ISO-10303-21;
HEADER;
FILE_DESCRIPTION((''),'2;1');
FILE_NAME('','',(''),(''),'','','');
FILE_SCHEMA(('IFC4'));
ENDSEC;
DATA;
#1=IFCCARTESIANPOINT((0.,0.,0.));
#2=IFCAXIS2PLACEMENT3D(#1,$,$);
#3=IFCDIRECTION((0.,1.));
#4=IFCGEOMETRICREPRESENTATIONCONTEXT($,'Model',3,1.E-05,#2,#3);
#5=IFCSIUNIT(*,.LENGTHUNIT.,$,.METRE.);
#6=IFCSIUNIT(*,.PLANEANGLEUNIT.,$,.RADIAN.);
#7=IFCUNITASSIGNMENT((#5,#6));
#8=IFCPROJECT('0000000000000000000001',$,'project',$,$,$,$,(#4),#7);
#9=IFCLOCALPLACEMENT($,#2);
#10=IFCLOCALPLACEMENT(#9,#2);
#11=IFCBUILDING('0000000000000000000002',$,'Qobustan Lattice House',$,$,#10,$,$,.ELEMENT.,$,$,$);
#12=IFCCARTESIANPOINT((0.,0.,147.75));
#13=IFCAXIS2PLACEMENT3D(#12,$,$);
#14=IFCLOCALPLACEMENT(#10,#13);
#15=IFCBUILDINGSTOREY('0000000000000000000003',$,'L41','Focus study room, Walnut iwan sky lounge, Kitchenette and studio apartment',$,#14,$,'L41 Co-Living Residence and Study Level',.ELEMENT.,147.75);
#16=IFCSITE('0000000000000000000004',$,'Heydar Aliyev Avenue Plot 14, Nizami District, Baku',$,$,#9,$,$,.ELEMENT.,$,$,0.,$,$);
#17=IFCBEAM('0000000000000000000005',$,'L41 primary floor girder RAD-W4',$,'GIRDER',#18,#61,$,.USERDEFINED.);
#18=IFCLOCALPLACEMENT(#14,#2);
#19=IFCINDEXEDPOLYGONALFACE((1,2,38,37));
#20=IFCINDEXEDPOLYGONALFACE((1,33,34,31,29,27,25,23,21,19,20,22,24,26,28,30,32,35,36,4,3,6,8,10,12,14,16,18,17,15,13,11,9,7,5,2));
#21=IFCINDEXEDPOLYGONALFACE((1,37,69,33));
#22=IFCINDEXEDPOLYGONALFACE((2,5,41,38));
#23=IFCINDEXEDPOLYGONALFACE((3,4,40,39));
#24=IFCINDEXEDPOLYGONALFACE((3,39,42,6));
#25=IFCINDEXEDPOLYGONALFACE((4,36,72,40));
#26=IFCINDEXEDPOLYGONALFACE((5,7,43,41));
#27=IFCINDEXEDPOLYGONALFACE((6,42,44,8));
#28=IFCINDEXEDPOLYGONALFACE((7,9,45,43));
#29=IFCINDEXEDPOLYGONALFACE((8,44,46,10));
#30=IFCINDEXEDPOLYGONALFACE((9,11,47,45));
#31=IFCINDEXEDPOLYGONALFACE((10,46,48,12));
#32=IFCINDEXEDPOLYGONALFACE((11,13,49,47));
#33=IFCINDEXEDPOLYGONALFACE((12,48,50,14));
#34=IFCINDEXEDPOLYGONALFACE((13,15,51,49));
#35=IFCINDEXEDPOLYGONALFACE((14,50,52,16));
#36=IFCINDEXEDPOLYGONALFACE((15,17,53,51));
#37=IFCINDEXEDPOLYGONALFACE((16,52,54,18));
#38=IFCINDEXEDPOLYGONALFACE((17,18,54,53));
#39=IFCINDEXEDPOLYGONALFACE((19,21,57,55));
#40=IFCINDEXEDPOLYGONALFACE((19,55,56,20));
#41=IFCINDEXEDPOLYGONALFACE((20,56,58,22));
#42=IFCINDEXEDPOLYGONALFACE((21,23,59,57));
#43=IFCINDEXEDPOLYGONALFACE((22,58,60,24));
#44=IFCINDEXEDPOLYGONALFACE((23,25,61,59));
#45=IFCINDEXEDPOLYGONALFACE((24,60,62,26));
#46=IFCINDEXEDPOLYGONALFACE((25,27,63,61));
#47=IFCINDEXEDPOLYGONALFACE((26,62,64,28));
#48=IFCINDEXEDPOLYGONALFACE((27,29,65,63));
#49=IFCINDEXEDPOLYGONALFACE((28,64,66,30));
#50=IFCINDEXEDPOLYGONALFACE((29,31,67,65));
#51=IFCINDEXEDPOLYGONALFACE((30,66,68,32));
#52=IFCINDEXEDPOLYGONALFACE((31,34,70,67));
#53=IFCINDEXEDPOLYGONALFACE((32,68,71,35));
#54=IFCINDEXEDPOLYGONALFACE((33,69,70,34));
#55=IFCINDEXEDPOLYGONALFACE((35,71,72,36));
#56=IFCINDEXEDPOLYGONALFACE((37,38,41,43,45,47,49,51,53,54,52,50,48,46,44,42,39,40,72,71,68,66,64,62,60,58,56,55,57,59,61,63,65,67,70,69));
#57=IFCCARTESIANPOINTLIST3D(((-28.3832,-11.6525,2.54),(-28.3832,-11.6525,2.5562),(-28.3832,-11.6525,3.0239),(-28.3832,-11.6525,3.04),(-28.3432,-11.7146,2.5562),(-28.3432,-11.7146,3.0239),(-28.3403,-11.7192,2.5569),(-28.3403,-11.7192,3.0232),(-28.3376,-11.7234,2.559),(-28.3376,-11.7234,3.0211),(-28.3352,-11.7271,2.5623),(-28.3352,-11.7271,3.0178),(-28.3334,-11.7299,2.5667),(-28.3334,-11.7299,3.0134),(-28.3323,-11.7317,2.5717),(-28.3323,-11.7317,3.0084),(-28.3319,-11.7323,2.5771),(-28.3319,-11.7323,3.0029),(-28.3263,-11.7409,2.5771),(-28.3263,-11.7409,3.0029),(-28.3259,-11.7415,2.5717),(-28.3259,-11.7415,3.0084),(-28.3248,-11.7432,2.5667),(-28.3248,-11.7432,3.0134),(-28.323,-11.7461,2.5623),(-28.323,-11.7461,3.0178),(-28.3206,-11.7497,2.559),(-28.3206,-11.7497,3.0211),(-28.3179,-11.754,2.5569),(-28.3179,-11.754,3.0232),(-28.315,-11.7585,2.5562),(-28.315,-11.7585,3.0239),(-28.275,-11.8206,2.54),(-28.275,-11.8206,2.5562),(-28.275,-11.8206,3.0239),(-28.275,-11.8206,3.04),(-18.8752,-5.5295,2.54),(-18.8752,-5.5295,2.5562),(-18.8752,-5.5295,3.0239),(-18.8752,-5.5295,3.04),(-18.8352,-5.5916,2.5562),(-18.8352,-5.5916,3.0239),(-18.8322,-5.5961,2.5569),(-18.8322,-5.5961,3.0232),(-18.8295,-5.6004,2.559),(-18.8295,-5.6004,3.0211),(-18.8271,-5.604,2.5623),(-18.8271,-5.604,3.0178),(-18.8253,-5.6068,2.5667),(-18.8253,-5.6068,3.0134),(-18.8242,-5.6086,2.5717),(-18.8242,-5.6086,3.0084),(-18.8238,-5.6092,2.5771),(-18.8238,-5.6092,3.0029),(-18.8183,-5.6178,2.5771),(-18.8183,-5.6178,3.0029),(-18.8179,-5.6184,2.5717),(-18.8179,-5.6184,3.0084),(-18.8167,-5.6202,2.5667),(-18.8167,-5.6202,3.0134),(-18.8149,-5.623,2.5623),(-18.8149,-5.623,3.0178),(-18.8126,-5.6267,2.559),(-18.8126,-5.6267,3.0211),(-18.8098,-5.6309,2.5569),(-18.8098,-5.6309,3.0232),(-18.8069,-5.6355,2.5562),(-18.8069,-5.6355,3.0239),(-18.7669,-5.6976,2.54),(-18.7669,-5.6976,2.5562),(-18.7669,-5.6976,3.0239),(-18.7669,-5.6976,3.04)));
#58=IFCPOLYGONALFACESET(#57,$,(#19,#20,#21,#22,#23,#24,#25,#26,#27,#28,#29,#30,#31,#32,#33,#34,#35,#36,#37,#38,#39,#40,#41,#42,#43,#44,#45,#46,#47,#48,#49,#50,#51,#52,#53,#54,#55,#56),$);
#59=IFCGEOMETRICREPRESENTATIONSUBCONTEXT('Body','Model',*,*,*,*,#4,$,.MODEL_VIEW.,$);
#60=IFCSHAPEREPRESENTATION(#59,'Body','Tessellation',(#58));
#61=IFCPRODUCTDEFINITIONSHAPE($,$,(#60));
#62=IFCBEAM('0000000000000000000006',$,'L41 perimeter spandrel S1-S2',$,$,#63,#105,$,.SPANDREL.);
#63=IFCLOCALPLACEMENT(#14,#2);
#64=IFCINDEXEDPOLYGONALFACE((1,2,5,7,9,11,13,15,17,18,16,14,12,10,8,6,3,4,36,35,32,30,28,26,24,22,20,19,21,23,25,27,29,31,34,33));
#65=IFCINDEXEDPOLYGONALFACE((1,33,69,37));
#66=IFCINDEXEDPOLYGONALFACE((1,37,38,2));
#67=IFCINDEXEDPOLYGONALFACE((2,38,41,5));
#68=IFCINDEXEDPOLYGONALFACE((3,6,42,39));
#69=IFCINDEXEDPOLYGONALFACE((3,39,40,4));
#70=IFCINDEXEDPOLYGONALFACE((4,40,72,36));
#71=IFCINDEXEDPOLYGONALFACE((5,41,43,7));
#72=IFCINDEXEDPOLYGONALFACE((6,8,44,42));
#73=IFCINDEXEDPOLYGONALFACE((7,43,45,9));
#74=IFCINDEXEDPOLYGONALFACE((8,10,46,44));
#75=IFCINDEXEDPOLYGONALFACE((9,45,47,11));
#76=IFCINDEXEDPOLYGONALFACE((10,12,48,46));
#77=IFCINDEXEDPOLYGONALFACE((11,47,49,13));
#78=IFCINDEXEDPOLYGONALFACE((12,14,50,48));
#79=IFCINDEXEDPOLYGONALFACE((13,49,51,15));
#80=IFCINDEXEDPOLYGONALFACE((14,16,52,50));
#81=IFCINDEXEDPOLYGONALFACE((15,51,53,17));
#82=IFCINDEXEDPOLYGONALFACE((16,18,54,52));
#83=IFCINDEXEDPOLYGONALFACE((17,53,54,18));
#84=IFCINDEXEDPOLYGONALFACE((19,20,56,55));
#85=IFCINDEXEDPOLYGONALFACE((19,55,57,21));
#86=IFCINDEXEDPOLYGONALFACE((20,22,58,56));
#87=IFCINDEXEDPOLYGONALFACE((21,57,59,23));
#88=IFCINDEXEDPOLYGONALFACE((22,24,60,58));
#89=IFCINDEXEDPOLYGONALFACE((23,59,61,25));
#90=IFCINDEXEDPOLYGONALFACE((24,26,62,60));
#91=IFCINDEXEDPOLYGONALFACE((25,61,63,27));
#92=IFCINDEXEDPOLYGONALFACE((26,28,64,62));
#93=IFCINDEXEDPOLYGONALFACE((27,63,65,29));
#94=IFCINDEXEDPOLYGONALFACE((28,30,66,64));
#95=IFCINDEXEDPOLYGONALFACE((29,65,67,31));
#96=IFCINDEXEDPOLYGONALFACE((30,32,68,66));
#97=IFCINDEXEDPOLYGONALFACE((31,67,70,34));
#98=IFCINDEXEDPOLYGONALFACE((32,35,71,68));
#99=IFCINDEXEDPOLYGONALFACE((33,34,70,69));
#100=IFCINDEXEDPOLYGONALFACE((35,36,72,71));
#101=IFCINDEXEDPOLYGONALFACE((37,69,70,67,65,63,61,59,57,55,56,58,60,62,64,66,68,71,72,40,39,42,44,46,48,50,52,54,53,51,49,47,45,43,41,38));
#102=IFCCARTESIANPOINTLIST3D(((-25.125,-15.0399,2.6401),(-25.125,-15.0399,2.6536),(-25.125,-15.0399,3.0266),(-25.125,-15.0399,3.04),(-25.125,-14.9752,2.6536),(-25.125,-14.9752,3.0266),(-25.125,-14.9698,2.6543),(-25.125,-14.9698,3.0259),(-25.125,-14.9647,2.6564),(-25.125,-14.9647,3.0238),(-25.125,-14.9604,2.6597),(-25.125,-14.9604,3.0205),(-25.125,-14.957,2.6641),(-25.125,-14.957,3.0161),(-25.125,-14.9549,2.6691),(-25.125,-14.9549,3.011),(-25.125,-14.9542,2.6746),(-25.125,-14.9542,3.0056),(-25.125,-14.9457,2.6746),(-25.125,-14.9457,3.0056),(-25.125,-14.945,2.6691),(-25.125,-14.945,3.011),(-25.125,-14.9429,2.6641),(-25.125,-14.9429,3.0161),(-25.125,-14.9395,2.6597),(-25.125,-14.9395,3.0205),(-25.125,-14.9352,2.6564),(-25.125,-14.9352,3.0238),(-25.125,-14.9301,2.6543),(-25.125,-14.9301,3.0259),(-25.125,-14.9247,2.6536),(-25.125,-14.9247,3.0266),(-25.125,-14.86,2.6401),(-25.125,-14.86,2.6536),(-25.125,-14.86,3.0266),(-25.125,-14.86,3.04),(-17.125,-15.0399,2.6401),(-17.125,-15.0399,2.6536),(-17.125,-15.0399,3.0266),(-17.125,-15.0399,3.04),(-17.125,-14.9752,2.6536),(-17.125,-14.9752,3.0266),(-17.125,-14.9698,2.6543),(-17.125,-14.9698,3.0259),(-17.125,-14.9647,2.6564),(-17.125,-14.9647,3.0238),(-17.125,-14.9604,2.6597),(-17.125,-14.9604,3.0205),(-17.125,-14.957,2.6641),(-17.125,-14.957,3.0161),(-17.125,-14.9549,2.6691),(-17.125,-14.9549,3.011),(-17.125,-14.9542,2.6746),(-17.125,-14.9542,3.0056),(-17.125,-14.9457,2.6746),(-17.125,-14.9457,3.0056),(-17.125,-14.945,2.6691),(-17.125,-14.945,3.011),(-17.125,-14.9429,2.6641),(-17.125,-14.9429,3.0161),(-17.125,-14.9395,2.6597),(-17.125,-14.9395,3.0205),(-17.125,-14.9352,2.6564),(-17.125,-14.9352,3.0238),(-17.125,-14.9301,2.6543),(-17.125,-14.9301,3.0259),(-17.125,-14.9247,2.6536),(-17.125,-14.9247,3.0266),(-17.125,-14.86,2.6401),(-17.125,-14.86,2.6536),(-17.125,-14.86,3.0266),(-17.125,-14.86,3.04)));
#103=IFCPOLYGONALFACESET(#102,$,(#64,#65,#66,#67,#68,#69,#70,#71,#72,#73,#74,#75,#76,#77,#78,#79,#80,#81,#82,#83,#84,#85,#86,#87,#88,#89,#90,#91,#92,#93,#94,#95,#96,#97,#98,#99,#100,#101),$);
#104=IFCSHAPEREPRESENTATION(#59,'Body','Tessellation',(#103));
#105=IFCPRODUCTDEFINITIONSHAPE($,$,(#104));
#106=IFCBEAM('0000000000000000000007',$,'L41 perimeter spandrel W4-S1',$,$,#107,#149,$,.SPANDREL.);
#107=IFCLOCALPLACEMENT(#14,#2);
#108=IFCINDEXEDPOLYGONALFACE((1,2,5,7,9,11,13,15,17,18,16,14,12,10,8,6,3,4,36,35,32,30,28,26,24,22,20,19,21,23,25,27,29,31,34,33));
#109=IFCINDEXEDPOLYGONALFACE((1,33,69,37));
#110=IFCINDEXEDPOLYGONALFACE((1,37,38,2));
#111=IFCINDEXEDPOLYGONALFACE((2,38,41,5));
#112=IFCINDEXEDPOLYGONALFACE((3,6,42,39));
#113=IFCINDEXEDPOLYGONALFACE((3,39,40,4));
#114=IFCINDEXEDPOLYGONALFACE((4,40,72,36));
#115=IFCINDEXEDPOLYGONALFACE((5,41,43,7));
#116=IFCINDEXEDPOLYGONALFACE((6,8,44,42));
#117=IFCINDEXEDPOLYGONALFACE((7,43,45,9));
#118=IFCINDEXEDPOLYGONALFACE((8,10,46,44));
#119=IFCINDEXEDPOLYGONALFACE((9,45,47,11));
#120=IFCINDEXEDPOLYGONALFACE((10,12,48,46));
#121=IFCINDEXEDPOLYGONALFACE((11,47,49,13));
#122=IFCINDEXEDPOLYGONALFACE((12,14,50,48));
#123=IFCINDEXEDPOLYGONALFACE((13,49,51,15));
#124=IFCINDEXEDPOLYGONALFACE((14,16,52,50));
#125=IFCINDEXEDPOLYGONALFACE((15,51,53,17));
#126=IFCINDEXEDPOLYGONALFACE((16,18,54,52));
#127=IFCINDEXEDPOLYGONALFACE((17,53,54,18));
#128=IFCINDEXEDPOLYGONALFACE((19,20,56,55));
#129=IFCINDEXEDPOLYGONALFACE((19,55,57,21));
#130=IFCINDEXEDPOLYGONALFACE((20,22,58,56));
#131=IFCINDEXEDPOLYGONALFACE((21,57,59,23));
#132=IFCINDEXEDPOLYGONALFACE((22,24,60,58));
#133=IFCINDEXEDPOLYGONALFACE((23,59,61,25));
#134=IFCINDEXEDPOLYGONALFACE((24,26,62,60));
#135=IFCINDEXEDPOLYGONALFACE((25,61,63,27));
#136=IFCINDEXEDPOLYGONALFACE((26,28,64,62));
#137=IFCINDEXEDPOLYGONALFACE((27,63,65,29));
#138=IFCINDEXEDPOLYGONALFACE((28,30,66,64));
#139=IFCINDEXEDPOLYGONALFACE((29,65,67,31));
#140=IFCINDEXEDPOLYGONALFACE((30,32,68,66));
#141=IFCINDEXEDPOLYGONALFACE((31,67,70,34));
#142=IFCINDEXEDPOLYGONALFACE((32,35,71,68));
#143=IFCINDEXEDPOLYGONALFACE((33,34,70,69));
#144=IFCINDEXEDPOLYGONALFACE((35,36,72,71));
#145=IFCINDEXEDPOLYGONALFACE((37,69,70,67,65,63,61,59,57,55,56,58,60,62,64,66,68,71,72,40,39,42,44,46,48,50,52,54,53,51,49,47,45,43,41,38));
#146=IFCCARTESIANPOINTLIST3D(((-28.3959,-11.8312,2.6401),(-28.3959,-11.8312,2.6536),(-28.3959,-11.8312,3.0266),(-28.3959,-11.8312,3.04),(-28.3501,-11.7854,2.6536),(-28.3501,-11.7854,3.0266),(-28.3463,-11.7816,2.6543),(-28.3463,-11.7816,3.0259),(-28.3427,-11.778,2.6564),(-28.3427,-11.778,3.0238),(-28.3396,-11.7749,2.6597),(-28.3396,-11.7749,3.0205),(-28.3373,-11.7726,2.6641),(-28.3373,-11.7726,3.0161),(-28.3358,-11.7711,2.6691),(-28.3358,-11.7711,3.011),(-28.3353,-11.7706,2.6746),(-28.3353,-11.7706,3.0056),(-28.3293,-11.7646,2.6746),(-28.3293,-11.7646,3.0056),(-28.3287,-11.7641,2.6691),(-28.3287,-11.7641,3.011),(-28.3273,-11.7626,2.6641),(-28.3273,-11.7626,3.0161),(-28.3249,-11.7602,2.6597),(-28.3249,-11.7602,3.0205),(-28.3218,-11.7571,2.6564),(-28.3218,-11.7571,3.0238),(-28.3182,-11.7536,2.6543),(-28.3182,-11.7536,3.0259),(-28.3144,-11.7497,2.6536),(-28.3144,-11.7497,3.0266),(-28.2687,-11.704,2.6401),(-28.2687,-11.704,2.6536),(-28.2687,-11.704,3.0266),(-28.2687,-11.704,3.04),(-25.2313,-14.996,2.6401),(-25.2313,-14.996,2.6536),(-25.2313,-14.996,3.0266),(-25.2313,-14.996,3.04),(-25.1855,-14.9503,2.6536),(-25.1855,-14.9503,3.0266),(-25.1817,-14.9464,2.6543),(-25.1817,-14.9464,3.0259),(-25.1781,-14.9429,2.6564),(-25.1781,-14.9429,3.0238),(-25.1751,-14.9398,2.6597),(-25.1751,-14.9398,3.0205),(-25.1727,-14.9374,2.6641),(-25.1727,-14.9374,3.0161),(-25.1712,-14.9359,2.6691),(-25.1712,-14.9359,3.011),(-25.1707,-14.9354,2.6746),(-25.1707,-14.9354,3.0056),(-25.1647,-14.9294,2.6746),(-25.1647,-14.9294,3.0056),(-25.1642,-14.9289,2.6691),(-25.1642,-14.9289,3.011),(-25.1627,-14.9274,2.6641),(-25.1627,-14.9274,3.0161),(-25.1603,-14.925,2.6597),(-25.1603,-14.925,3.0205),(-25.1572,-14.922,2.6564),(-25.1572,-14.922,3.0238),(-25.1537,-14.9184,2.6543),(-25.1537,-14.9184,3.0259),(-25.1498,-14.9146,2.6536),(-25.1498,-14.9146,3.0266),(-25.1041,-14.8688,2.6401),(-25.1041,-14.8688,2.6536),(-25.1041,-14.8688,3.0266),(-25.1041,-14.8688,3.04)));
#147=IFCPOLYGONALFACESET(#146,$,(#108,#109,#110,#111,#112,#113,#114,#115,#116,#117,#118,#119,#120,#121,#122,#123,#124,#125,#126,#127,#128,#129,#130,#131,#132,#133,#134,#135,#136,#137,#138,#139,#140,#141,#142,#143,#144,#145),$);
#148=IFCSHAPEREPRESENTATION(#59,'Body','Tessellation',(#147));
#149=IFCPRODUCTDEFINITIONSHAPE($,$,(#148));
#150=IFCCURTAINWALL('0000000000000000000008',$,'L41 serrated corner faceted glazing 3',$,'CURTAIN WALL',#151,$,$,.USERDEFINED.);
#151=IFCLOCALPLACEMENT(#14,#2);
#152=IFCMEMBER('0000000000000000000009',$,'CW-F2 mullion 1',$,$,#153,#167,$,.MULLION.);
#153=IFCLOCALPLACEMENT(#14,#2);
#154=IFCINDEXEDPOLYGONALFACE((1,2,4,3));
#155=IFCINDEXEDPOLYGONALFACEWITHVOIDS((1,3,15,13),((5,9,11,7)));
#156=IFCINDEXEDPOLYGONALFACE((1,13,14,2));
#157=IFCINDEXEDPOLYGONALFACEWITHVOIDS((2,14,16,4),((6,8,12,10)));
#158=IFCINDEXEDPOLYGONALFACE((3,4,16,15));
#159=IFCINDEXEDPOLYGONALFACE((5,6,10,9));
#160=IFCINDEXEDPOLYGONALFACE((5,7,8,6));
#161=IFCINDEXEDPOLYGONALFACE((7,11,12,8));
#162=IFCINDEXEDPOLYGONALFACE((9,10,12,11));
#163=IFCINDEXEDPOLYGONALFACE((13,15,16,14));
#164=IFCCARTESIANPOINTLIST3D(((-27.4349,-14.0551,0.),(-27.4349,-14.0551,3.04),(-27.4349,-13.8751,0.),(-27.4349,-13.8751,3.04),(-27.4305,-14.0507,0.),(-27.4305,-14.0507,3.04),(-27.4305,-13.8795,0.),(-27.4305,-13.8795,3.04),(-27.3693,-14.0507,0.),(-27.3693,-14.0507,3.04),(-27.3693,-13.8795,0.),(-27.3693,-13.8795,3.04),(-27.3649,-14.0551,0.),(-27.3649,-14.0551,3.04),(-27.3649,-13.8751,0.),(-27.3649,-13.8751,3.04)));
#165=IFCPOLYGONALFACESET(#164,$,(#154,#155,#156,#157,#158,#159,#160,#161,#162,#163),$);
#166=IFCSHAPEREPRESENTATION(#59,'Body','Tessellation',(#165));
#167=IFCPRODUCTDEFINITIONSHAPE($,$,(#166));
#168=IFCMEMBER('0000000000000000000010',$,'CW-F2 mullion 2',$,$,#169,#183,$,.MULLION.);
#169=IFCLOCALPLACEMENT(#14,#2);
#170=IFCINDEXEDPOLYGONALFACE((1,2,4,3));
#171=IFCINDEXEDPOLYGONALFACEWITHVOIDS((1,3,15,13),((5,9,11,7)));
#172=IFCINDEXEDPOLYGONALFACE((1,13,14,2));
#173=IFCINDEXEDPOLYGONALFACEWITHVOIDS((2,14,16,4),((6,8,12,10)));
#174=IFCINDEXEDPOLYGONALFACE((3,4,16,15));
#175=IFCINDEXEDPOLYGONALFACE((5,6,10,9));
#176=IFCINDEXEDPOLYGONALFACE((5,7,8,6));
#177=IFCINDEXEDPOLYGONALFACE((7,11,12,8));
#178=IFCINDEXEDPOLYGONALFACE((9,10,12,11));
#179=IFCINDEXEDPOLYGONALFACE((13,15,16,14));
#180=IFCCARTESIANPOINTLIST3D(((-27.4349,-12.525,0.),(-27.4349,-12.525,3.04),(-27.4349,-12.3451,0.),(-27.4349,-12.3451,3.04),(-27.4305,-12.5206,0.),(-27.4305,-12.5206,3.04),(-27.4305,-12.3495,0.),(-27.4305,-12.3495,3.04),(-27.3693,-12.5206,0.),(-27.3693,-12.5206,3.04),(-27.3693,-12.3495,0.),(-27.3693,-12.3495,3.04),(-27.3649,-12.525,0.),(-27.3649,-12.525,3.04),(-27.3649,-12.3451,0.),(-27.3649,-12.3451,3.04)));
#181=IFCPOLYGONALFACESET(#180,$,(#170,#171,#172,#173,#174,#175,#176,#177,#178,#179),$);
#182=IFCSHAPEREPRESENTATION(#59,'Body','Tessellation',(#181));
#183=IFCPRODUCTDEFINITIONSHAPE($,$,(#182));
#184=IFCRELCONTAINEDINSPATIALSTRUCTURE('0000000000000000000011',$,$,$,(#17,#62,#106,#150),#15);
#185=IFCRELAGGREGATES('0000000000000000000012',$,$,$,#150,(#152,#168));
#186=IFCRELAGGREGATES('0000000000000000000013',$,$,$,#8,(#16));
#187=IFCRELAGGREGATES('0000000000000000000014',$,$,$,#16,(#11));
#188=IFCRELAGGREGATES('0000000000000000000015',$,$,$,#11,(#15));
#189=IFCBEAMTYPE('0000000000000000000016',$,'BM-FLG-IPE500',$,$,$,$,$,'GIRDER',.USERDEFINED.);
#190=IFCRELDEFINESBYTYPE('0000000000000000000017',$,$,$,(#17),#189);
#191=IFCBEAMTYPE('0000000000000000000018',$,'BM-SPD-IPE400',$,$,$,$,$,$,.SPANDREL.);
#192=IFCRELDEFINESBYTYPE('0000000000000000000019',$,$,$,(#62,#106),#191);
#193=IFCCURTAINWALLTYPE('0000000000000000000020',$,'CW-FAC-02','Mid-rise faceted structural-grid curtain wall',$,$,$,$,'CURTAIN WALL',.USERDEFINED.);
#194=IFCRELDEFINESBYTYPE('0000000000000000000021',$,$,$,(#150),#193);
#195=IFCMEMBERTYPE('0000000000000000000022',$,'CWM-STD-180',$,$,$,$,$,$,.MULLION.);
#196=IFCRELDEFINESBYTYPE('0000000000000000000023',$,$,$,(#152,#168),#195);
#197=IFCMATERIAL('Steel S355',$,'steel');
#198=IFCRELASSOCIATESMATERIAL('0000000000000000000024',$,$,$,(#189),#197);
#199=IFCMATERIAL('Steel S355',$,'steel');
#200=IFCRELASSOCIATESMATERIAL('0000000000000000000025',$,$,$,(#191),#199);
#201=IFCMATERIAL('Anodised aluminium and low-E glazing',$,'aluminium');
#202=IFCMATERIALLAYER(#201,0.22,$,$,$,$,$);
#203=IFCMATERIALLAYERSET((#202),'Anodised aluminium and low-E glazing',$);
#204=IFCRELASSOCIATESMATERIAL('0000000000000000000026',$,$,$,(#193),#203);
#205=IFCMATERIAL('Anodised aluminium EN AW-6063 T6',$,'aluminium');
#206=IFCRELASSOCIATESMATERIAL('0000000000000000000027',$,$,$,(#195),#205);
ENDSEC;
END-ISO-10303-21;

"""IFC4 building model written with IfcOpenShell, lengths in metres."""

from ifc_helpers import new_model, si_unit, direction, frame, origin, origin_2d, place, context, subcontext, project, spatial, hollow_rectangle, i_section, extrude, material, layer, layer_set, material_profile, profile_set, type_object, element, aggregate, save


model = new_model("IFC4")

# Units and contexts
model_context = context("Model", 3, precision=1e-05, world=origin(), true_north=direction((0.0, 1.0)))
body_context = subcontext(model_context, "Body", "Model", "MODEL_VIEW")
ifc_project = project(units=[si_unit("LENGTHUNIT", "METRE"), si_unit("PLANEANGLEUNIT", "RADIAN")], contexts=[model_context])

# Site, building, storey
site_placement = place(None, origin())
site = spatial("IfcSite", under=ifc_project, at=site_placement, Name="Heydar Aliyev Avenue Plot 14, Nizami District, Baku", CompositionType="ELEMENT", RefElevation=0.0)
building_placement = place(site_placement, origin())
building = spatial("IfcBuilding", under=site, at=building_placement, Name="Qobustan Lattice House", CompositionType="ELEMENT")
storey_placement = place(building_placement, frame((0.0, 0.0, 147.75)))
storey = spatial("IfcBuildingStorey", under=building, at=storey_placement, Name="L41", Description="Focus study room, Walnut iwan sky lounge, Kitchenette and studio apartment", LongName="L41 Co-Living Residence and Study Level", CompositionType="ELEMENT", Elevation=147.75)

# Beams
ifc_material_1 = material(Name="Steel S355", Category="steel")
ifc_material_profile_1 = material_profile(ifc_material_1, i_section(OverallWidth=0.2, OverallDepth=0.5, WebThickness=0.0103, FlangeThickness=0.0161, FilletRadius=0.021, at=origin_2d()), Name="IPE500")
ifc_profile_set_1 = profile_set([ifc_material_profile_1], Name="Steel S355")
beam_type_1 = type_object("IfcBeamType", Name="BM-FLG-IPE500", ElementType="GIRDER", PredefinedType="USERDEFINED", material=ifc_profile_set_1)
beam_1_placement = place(storey_placement, frame((-28.3291, -11.7366, 2.79), z_axis=(0.840747, 0.541428, 0.0), x_axis=(-0.541428, 0.840747, 0.0)))
element("IfcBeam", 1, at=beam_1_placement, inside=storey, type_object=beam_type_1, Name="L41 primary floor girder RAD-W4", ObjectType="GIRDER", PredefinedType="USERDEFINED", context=body_context, shape_type="SweptSolid", body=[
    extrude(i_section(OverallWidth=0.2, OverallDepth=0.5, WebThickness=0.0103, FlangeThickness=0.0161, FilletRadius=0.021, at=origin_2d()), origin(), (0.0, 0.0, 1.0), 11.3091),
])
ifc_material_2 = material(Name="Steel S355", Category="steel")
ifc_material_profile_2 = material_profile(ifc_material_2, i_section(OverallWidth=0.1799, OverallDepth=0.3999, WebThickness=0.0085, FlangeThickness=0.0134, FilletRadius=0.021, at=origin_2d()), Name="IPE400")
ifc_profile_set_2 = profile_set([ifc_material_profile_2], Name="Steel S355")
beam_type_2 = type_object("IfcBeamType", Name="BM-SPD-IPE400", PredefinedType="SPANDREL", material=ifc_profile_set_2)
beam_2_placement = place(storey_placement, frame((-25.125, -14.95, 2.8401), z_axis=(1.0, 0.0, 0.0), x_axis=(0.0, 1.0, 0.0)))
element("IfcBeam", 2, at=beam_2_placement, inside=storey, type_object=beam_type_2, Name="L41 perimeter spandrel S1-S2", PredefinedType="SPANDREL", context=body_context, shape_type="SweptSolid", body=[
    extrude(i_section(OverallWidth=0.1799, OverallDepth=0.3999, WebThickness=0.0085, FlangeThickness=0.0134, FilletRadius=0.021, at=origin_2d()), origin(), (0.0, 0.0, 1.0), 8.0),
])
beam_3_placement = place(storey_placement, frame((-28.3323, -11.7676, 2.8401), z_axis=(0.70708, -0.707134, 0.0), x_axis=(0.707134, 0.70708, 0.0)))
element("IfcBeam", 3, at=beam_3_placement, inside=storey, type_object=beam_type_2, Name="L41 perimeter spandrel W4-S1", PredefinedType="SPANDREL", context=body_context, shape_type="SweptSolid", body=[
    extrude(i_section(OverallWidth=0.1799, OverallDepth=0.3999, WebThickness=0.0085, FlangeThickness=0.0134, FilletRadius=0.021, at=origin_2d()), origin(), (0.0, 0.0, 1.0), 4.4756),
])

# Curtain wall, members
ifc_material_3 = material(Name="Anodised aluminium and low-E glazing", Category="aluminium")
ifc_layer_1 = layer(ifc_material_3, 0.22)
ifc_layer_set_1 = layer_set([ifc_layer_1], Name="Anodised aluminium and low-E glazing")
curtain_wall_type = type_object("IfcCurtainWallType", Name="CW-FAC-02", Description="Mid-rise faceted structural-grid curtain wall", ElementType="CURTAIN WALL", PredefinedType="USERDEFINED", material=ifc_layer_set_1)
curtain_wall_placement = place(storey_placement, origin())
curtain_wall = element("IfcCurtainWall", 4, at=curtain_wall_placement, inside=storey, type_object=curtain_wall_type, Name="L41 serrated corner faceted glazing 3", ObjectType="CURTAIN WALL", PredefinedType="USERDEFINED")
ifc_material_4 = material(Name="Anodised aluminium EN AW-6063 T6", Category="aluminium")
ifc_material_profile_3 = material_profile(ifc_material_4, hollow_rectangle(XDim=0.0701, YDim=0.1799, WallThickness=0.0044, at=origin_2d()), Name="CWM-180x70")
ifc_profile_set_3 = profile_set([ifc_material_profile_3], Name="Anodised aluminium EN AW-6063 T6")
member_type_1 = type_object("IfcMemberType", Name="CWM-STD-180", PredefinedType="MULLION", material=ifc_profile_set_3)
member_1_placement = place(storey_placement, frame((-27.3999, -13.9651, 0.0), z_axis=(0.0, 0.0, 1.0), x_axis=(-1.0, 0.0, 0.0)))
member_1 = element("IfcMember", 5, at=member_1_placement, type_object=member_type_1, Name="CW-F2 mullion 1", PredefinedType="MULLION", context=body_context, shape_type="SweptSolid", body=[
    extrude(hollow_rectangle(XDim=0.0701, YDim=0.1799, WallThickness=0.0044, at=origin_2d()), origin(), (0.0, 0.0, 1.0), 3.04),
])
member_2_placement = place(storey_placement, frame((-27.3999, -12.4351, 0.0), z_axis=(0.0, 0.0, 1.0), x_axis=(-1.0, 0.0, 0.0)))
member_2 = element("IfcMember", 6, at=member_2_placement, type_object=member_type_1, Name="CW-F2 mullion 2", PredefinedType="MULLION", context=body_context, shape_type="SweptSolid", body=[
    extrude(hollow_rectangle(XDim=0.0701, YDim=0.1799, WallThickness=0.0044, at=origin_2d()), origin(), (0.0, 0.0, 1.0), 3.04),
])
aggregate(curtain_wall, [member_1, member_2])

save(model, "model.ifc")
